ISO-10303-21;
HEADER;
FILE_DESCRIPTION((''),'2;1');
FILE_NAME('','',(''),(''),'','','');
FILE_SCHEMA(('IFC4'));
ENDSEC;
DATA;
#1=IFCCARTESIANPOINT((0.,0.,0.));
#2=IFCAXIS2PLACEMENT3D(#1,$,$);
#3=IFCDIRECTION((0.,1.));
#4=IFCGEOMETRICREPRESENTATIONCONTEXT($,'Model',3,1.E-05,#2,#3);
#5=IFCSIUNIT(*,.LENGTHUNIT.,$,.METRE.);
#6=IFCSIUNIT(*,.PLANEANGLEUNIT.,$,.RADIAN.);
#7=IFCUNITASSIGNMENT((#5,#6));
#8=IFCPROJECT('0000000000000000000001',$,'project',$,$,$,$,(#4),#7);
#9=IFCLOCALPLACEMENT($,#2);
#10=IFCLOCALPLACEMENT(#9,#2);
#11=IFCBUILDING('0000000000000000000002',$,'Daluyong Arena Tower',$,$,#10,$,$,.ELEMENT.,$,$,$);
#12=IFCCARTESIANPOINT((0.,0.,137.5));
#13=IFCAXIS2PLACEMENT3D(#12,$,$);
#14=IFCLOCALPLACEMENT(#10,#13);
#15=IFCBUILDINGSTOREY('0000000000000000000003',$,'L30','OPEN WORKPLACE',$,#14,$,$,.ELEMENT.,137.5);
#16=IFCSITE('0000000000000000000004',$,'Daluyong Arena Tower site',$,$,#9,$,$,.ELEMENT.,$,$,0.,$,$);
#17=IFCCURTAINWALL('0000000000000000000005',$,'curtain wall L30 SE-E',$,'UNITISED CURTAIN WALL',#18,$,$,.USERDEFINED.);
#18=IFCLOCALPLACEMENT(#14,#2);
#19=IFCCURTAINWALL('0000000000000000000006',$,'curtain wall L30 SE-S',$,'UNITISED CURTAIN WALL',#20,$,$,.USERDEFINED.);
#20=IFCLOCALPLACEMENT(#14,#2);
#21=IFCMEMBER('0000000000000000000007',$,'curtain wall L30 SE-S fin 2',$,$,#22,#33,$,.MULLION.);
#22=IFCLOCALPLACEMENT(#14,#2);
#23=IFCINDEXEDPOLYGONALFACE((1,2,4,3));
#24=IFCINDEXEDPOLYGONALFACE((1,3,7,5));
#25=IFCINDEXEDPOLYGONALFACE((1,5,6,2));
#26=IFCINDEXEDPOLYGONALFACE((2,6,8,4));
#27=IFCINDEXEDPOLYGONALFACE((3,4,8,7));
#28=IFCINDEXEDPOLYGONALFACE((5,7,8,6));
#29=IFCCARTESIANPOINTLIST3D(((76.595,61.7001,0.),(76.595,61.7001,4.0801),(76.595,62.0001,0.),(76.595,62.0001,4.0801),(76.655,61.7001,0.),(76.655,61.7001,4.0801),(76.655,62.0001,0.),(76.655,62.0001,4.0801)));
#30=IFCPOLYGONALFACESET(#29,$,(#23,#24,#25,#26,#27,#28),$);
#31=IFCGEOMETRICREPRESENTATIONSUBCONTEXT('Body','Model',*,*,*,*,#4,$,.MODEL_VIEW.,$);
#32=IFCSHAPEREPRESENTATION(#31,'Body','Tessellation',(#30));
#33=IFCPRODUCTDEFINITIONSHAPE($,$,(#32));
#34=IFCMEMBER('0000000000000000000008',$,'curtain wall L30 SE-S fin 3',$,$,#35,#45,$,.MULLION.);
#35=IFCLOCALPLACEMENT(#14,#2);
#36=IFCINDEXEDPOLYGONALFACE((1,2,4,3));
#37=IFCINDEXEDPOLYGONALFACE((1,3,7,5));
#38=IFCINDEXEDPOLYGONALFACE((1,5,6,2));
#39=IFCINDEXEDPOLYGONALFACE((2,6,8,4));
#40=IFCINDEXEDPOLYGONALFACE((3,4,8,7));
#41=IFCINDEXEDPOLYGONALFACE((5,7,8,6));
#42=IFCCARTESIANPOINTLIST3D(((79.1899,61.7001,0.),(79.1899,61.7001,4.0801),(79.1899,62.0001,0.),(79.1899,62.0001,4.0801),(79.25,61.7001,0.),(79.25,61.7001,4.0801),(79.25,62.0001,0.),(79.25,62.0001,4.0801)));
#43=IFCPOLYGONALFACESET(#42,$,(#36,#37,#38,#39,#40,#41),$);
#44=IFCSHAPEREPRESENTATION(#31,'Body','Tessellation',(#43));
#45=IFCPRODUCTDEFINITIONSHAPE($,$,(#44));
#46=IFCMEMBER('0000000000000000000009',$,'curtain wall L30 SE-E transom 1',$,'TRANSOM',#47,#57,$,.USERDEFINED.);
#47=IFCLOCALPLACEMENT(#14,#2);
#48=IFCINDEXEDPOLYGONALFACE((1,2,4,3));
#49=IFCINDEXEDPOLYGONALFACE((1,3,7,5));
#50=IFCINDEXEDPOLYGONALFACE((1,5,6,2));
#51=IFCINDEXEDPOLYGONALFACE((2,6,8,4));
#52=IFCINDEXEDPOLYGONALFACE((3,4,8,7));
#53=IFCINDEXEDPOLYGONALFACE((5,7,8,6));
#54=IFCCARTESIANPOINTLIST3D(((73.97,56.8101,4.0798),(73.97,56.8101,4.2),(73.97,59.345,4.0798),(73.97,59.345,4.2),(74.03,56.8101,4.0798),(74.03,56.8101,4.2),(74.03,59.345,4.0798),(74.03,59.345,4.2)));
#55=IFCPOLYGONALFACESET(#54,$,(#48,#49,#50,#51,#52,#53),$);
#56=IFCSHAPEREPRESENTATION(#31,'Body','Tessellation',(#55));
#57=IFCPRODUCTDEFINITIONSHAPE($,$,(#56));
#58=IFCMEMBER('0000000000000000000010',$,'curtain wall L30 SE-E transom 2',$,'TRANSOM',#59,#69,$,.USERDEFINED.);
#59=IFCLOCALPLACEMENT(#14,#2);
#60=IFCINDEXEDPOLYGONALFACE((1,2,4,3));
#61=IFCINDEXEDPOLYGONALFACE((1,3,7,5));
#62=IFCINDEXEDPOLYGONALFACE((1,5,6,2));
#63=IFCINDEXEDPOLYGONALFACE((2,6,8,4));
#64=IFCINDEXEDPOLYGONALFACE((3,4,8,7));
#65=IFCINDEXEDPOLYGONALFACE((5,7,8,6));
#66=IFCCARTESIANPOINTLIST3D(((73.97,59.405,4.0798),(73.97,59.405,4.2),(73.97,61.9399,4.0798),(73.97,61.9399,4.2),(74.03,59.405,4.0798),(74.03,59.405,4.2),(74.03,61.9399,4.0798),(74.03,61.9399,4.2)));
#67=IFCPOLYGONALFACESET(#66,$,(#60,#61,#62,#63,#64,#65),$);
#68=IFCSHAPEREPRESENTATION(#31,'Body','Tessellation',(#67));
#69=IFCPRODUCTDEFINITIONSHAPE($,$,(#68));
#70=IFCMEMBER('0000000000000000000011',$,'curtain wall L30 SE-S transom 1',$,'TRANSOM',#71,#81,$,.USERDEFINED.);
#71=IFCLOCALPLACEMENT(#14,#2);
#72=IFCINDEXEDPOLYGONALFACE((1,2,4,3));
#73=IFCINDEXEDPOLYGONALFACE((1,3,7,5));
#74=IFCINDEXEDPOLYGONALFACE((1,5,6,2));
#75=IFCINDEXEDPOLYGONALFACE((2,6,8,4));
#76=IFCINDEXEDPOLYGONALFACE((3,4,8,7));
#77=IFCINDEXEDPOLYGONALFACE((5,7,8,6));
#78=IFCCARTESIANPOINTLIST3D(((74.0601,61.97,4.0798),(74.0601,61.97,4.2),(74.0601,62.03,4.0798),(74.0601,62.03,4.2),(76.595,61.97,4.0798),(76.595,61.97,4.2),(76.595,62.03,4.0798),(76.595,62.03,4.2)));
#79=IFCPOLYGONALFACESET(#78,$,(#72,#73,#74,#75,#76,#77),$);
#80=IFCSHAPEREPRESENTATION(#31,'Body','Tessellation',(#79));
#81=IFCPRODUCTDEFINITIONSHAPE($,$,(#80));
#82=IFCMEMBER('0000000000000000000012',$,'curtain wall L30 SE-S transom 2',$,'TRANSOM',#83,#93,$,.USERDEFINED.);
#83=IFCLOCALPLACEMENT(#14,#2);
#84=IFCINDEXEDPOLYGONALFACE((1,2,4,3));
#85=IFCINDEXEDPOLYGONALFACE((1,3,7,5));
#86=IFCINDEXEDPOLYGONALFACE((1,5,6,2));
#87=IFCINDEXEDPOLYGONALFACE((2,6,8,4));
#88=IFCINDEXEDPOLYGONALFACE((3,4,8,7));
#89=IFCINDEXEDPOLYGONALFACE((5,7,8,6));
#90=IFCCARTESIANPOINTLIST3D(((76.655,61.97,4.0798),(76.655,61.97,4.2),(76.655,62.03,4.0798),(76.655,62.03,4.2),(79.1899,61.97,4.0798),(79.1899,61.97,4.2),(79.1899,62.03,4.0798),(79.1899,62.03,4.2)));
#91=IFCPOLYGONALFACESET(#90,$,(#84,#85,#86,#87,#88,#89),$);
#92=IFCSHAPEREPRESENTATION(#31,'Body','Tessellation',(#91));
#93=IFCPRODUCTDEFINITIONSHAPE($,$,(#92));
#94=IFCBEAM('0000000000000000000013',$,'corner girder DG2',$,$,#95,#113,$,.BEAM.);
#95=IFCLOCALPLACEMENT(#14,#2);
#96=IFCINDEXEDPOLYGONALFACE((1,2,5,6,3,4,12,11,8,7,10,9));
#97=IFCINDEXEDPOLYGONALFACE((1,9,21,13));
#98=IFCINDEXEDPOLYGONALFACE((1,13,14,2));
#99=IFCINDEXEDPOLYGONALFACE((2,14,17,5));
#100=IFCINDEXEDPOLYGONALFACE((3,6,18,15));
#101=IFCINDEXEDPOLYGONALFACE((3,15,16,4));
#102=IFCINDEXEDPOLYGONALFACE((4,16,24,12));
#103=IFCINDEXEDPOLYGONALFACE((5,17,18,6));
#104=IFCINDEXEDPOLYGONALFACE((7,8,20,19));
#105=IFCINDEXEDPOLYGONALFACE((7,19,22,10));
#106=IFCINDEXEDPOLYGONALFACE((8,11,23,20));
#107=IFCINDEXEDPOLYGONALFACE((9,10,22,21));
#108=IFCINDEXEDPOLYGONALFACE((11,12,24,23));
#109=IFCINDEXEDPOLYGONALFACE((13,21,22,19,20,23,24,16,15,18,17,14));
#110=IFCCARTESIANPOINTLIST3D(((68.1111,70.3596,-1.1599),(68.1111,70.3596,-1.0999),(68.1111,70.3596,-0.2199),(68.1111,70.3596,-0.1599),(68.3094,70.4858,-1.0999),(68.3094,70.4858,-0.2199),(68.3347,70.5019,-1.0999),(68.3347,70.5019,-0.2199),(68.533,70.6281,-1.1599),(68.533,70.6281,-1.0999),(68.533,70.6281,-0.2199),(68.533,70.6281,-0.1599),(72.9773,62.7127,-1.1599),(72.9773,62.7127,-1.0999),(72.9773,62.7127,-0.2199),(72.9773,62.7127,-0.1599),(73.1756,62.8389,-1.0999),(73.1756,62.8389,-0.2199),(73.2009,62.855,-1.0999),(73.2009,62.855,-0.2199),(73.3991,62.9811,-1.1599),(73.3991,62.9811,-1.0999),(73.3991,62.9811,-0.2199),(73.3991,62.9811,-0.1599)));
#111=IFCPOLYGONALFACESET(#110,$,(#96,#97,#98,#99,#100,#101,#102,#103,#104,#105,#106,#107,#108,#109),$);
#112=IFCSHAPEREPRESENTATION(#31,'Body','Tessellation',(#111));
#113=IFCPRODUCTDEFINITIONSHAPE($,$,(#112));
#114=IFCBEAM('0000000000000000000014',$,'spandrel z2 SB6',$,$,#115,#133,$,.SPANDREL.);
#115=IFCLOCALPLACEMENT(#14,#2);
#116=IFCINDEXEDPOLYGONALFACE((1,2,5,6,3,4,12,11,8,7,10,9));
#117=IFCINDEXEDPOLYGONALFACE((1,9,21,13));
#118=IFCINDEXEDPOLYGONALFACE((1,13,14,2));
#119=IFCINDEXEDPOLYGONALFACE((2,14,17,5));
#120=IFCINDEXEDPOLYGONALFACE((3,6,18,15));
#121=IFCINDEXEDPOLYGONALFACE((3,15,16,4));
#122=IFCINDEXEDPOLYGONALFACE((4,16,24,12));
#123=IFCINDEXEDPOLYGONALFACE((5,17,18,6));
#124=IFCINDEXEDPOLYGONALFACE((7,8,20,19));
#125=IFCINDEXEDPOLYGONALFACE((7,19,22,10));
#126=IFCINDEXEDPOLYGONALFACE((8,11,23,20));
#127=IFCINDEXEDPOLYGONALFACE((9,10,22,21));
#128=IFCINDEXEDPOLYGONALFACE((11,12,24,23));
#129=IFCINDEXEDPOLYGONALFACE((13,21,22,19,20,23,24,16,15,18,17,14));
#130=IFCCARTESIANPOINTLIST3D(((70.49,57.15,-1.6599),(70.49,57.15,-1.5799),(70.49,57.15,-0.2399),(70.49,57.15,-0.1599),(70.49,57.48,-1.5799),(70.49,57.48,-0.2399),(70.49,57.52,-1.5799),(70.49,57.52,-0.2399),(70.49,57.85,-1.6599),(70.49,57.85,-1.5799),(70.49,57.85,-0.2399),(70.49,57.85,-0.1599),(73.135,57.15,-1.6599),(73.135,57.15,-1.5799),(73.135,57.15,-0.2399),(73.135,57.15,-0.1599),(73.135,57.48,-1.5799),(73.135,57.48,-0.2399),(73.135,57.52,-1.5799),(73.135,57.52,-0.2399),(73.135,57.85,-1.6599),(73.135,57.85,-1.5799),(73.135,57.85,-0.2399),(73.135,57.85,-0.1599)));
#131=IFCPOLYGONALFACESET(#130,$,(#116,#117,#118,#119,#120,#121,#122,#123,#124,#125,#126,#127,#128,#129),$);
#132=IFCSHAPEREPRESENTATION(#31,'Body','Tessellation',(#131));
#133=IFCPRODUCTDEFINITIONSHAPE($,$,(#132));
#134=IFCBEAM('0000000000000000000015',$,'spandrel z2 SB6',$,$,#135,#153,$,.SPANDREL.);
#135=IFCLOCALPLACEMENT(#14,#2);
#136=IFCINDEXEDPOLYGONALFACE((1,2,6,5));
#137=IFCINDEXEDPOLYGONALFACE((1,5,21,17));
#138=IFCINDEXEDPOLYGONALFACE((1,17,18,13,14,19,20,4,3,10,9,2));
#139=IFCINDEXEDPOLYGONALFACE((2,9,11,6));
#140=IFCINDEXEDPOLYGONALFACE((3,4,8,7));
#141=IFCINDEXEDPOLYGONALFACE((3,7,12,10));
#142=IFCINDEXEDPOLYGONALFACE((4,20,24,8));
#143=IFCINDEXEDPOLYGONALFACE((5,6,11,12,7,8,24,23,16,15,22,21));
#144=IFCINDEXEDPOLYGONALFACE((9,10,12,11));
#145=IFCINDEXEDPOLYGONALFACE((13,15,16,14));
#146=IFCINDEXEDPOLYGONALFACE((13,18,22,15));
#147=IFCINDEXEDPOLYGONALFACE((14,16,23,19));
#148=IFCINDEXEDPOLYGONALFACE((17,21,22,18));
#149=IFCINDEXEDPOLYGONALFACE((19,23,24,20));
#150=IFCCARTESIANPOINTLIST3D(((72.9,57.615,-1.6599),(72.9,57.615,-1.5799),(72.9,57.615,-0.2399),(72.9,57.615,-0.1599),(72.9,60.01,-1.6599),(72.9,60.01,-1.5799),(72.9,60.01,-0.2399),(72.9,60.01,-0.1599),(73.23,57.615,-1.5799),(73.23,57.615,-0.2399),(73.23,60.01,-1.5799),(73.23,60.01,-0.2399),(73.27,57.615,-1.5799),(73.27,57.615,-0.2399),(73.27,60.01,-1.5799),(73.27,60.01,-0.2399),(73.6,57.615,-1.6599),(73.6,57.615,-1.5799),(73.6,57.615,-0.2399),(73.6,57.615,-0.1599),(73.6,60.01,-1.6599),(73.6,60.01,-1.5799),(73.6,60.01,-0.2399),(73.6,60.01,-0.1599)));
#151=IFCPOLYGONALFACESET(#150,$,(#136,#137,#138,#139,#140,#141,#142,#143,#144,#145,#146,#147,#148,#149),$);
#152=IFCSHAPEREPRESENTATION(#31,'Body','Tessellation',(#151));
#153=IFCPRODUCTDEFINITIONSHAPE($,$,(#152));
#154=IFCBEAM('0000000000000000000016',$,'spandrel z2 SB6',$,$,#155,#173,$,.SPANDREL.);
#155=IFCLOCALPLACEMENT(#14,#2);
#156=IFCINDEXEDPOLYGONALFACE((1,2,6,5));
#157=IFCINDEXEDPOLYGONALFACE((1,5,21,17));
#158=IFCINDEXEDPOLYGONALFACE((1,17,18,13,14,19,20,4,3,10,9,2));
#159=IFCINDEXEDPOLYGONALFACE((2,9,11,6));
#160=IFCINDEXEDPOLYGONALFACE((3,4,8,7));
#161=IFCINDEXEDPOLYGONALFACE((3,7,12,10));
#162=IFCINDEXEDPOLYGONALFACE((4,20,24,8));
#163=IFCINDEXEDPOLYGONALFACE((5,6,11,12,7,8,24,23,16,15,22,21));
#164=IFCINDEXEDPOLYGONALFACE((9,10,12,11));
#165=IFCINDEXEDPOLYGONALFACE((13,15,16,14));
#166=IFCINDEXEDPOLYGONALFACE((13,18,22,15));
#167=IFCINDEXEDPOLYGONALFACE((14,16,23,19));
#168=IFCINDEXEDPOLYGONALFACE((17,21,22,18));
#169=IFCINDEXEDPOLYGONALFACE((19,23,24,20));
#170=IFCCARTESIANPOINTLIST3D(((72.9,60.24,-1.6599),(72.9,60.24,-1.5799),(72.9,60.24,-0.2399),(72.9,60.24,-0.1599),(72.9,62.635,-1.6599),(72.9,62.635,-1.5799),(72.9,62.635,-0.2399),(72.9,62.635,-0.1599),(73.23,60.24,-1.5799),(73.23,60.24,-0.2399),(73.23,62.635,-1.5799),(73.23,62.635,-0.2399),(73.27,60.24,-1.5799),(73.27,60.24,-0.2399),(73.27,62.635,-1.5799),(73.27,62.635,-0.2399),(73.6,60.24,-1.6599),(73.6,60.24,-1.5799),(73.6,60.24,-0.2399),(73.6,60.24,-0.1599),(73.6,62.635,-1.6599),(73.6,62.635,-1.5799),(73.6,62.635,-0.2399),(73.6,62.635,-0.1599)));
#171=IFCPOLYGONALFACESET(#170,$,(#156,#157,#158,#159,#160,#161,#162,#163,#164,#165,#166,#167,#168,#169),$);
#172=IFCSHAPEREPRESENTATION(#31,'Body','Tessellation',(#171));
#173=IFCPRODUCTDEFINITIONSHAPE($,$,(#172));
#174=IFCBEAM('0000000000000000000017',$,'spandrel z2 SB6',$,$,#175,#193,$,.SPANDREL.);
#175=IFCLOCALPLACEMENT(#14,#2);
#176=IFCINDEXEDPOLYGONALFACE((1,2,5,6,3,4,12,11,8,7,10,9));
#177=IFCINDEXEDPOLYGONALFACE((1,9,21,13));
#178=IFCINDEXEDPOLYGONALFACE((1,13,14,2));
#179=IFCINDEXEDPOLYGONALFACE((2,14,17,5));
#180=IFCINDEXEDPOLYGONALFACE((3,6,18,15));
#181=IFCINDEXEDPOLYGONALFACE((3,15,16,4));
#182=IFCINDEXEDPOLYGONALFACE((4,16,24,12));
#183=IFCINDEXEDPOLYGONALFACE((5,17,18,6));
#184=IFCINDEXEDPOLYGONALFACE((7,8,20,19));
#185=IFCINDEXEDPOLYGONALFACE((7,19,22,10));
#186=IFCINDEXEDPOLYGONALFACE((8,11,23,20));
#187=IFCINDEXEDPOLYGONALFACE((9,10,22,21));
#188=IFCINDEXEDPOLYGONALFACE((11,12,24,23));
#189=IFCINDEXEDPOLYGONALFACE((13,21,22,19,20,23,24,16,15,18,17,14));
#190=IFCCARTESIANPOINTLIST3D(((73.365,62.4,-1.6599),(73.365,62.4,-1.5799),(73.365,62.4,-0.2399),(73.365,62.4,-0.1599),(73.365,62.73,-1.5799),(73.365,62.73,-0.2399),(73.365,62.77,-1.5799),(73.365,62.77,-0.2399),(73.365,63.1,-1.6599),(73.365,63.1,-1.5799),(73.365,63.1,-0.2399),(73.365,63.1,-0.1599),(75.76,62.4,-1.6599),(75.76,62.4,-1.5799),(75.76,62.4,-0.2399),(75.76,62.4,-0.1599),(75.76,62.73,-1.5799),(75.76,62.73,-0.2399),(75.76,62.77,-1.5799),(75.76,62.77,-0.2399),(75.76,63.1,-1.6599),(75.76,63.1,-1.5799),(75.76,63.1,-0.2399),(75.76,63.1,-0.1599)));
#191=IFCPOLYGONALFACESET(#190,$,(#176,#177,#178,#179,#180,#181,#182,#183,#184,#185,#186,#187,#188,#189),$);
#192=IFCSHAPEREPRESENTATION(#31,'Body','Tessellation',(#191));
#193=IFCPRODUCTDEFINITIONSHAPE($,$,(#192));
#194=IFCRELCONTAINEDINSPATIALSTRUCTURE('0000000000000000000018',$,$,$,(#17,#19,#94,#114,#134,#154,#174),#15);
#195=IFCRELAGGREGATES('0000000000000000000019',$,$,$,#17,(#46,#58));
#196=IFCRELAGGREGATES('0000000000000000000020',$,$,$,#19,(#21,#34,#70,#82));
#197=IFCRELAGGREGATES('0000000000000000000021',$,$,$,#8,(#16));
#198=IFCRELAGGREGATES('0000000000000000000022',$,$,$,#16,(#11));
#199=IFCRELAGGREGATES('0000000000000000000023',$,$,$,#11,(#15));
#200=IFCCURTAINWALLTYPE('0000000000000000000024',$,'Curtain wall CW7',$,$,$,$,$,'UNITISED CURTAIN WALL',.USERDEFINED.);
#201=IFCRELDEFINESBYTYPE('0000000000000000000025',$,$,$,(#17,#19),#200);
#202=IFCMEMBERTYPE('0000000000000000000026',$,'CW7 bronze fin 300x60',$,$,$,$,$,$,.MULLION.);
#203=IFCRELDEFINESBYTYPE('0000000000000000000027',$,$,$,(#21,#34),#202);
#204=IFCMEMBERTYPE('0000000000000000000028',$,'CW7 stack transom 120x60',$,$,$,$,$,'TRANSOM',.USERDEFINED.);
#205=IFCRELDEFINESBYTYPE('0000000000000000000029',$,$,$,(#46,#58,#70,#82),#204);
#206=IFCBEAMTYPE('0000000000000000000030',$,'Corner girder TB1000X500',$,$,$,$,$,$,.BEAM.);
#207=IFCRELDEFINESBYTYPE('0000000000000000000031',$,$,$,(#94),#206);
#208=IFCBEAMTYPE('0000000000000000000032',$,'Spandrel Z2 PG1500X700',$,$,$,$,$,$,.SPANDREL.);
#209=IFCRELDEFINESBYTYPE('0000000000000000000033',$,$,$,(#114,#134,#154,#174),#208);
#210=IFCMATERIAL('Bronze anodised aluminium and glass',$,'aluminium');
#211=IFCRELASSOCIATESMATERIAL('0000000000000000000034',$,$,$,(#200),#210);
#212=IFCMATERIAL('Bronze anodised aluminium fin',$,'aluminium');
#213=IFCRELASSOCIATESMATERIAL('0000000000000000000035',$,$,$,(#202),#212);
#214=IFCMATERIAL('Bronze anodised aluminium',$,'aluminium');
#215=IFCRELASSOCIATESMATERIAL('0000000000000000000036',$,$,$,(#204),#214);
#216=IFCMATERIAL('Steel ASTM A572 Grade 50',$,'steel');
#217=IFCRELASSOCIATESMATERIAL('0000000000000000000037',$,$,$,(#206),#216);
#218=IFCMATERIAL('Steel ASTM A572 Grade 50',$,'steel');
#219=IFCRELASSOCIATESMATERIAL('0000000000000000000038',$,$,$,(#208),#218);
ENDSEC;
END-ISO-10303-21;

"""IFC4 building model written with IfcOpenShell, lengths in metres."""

from ifc_helpers import new_model, si_unit, direction, frame, origin, origin_2d, place, context, subcontext, project, spatial, rectangle, i_section, extrude, material, material_profile, profile_set, type_object, element, aggregate, save


model = new_model("IFC4")

# Units and contexts
model_context = context("Model", 3, precision=1e-05, world=origin(), true_north=direction((0.0, 1.0)))
body_context = subcontext(model_context, "Body", "Model", "MODEL_VIEW")
ifc_project = project(units=[si_unit("LENGTHUNIT", "METRE"), si_unit("PLANEANGLEUNIT", "RADIAN")], contexts=[model_context])

# Site, building, storey
site_placement = place(None, origin())
site = spatial("IfcSite", under=ifc_project, at=site_placement, Name="Daluyong Arena Tower site", CompositionType="ELEMENT", RefElevation=0.0)
building_placement = place(site_placement, origin())
building = spatial("IfcBuilding", under=site, at=building_placement, Name="Daluyong Arena Tower", CompositionType="ELEMENT")
storey_placement = place(building_placement, frame((0.0, 0.0, 137.5)))
storey = spatial("IfcBuildingStorey", under=building, at=storey_placement, Name="L30", Description="OPEN WORKPLACE", CompositionType="ELEMENT", Elevation=137.5)

# Curtain walls, members
ifc_material_1 = material(Name="Bronze anodised aluminium and glass", Category="aluminium")
curtain_wall_type_1 = type_object("IfcCurtainWallType", Name="Curtain wall CW7", ElementType="UNITISED CURTAIN WALL", PredefinedType="USERDEFINED", material=ifc_material_1)
curtain_wall_1_placement = place(storey_placement, origin())
curtain_wall_1 = element("IfcCurtainWall", 1, at=curtain_wall_1_placement, inside=storey, type_object=curtain_wall_type_1, Name="curtain wall L30 SE-E", ObjectType="UNITISED CURTAIN WALL", PredefinedType="USERDEFINED")
ifc_material_2 = material(Name="Bronze anodised aluminium fin", Category="aluminium")
ifc_material_profile_1 = material_profile(ifc_material_2, rectangle(XDim=0.3, YDim=0.0601, at=origin_2d()))
ifc_profile_set_1 = profile_set([ifc_material_profile_1], Name="Bronze anodised aluminium fin")
member_type_1 = type_object("IfcMemberType", Name="CW7 bronze fin 300x60", PredefinedType="MULLION", material=ifc_profile_set_1)
curtain_wall_2_placement = place(storey_placement, origin())
curtain_wall_2 = element("IfcCurtainWall", 2, at=curtain_wall_2_placement, inside=storey, type_object=curtain_wall_type_1, Name="curtain wall L30 SE-S", ObjectType="UNITISED CURTAIN WALL", PredefinedType="USERDEFINED")
member_1_placement = place(storey_placement, frame((76.625, 61.8501, 0.0), z_axis=(0.0, 0.0, 1.0), x_axis=(0.0, 1.0, 0.0)))
member_1 = element("IfcMember", 3, at=member_1_placement, type_object=member_type_1, Name="curtain wall L30 SE-S fin 2", PredefinedType="MULLION", context=body_context, shape_type="SweptSolid", body=[
    extrude(rectangle(XDim=0.3, YDim=0.0601, at=origin_2d()), origin(), (0.0, 0.0, 1.0), 4.0801),
])
member_2_placement = place(storey_placement, frame((79.22, 61.8501, 0.0), z_axis=(0.0, 0.0, 1.0), x_axis=(0.0, 1.0, 0.0)))
member_2 = element("IfcMember", 4, at=member_2_placement, type_object=member_type_1, Name="curtain wall L30 SE-S fin 3", PredefinedType="MULLION", context=body_context, shape_type="SweptSolid", body=[
    extrude(rectangle(XDim=0.3, YDim=0.0601, at=origin_2d()), origin(), (0.0, 0.0, 1.0), 4.0801),
])

# Members
ifc_material_3 = material(Name="Bronze anodised aluminium", Category="aluminium")
ifc_material_profile_2 = material_profile(ifc_material_3, rectangle(XDim=0.0601, YDim=0.1201, at=origin_2d()))
ifc_profile_set_2 = profile_set([ifc_material_profile_2], Name="Bronze anodised aluminium")
member_type_2 = type_object("IfcMemberType", Name="CW7 stack transom 120x60", ElementType="TRANSOM", PredefinedType="USERDEFINED", material=ifc_profile_set_2)
member_3_placement = place(storey_placement, frame((74.0, 56.8101, 4.1399), z_axis=(0.0, 1.0, 0.0), x_axis=(-1.0, 0.0, 0.0)))
member_3 = element("IfcMember", 5, at=member_3_placement, type_object=member_type_2, Name="curtain wall L30 SE-E transom 1", ObjectType="TRANSOM", PredefinedType="USERDEFINED", context=body_context, shape_type="SweptSolid", body=[
    extrude(rectangle(XDim=0.0601, YDim=0.1201, at=origin_2d()), origin(), (0.0, 0.0, 1.0), 2.5349),
])
member_4_placement = place(storey_placement, frame((74.0, 59.405, 4.1399), z_axis=(0.0, 1.0, 0.0), x_axis=(-1.0, 0.0, 0.0)))
member_4 = element("IfcMember", 6, at=member_4_placement, type_object=member_type_2, Name="curtain wall L30 SE-E transom 2", ObjectType="TRANSOM", PredefinedType="USERDEFINED", context=body_context, shape_type="SweptSolid", body=[
    extrude(rectangle(XDim=0.0601, YDim=0.1201, at=origin_2d()), origin(), (0.0, 0.0, 1.0), 2.5349),
])
member_5_placement = place(storey_placement, frame((74.0601, 62.0, 4.1399), z_axis=(1.0, 0.0, 0.0), x_axis=(0.0, 1.0, 0.0)))
member_5 = element("IfcMember", 7, at=member_5_placement, type_object=member_type_2, Name="curtain wall L30 SE-S transom 1", ObjectType="TRANSOM", PredefinedType="USERDEFINED", context=body_context, shape_type="SweptSolid", body=[
    extrude(rectangle(XDim=0.0601, YDim=0.1201, at=origin_2d()), origin(), (0.0, 0.0, 1.0), 2.5349),
])
member_6_placement = place(storey_placement, frame((76.655, 62.0, 4.1399), z_axis=(1.0, 0.0, 0.0), x_axis=(0.0, 1.0, 0.0)))
member_6 = element("IfcMember", 8, at=member_6_placement, type_object=member_type_2, Name="curtain wall L30 SE-S transom 2", ObjectType="TRANSOM", PredefinedType="USERDEFINED", context=body_context, shape_type="SweptSolid", body=[
    extrude(rectangle(XDim=0.0601, YDim=0.1201, at=origin_2d()), origin(), (0.0, 0.0, 1.0), 2.5349),
])

# Beams
ifc_material_4 = material(Name="Steel ASTM A572 Grade 50", Category="steel")
ifc_material_profile_3 = material_profile(ifc_material_4, i_section(OverallWidth=0.5, OverallDepth=1.0, WebThickness=0.03, FlangeThickness=0.06, at=origin_2d()))
ifc_profile_set_3 = profile_set([ifc_material_profile_3], Name="Steel ASTM A572 Grade 50")
beam_type_1 = type_object("IfcBeamType", Name="Corner girder TB1000X500", PredefinedType="BEAM", material=ifc_profile_set_3)
beam_1_placement = place(storey_placement, frame((73.1882, 62.8469, -0.6599), z_axis=(-0.536872, 0.843664, 0.0), x_axis=(-0.843664, -0.536872, 0.0)))
element("IfcBeam", 9, at=beam_1_placement, inside=storey, type_object=beam_type_1, Name="corner girder DG2", PredefinedType="BEAM", context=body_context, shape_type="SweptSolid", body=[
    extrude(i_section(OverallWidth=0.5, OverallDepth=1.0, WebThickness=0.03, FlangeThickness=0.06, at=origin_2d()), origin(), (0.0, 0.0, 1.0), 9.064),
])
ifc_material_5 = material(Name="Steel ASTM A572 Grade 50", Category="steel")
ifc_material_profile_4 = material_profile(ifc_material_5, i_section(OverallWidth=0.7, OverallDepth=1.5, WebThickness=0.04, FlangeThickness=0.08, at=origin_2d()))
ifc_profile_set_4 = profile_set([ifc_material_profile_4], Name="Steel ASTM A572 Grade 50")
beam_type_2 = type_object("IfcBeamType", Name="Spandrel Z2 PG1500X700", PredefinedType="SPANDREL", material=ifc_profile_set_4)
beam_2_placement = place(storey_placement, frame((70.49, 57.5, -0.9099), z_axis=(1.0, 0.0, 0.0), x_axis=(0.0, 1.0, 0.0)))
element("IfcBeam", 10, at=beam_2_placement, inside=storey, type_object=beam_type_2, Name="spandrel z2 SB6", PredefinedType="SPANDREL", context=body_context, shape_type="SweptSolid", body=[
    extrude(i_section(OverallWidth=0.7, OverallDepth=1.5, WebThickness=0.04, FlangeThickness=0.08, at=origin_2d()), origin(), (0.0, 0.0, 1.0), 2.645),
])
for number, where, z_axis, x_axis, name in (
    (11, (73.25, 57.615, -0.9099), (0.0, 1.0, 0.0), (-1.0, 0.0, 0.0), "spandrel z2 SB6"),
    (12, (73.25, 60.24, -0.9099), (0.0, 1.0, 0.0), (-1.0, 0.0, 0.0), "spandrel z2 SB6"),
    (13, (73.365, 62.75, -0.9099), (1.0, 0.0, 0.0), (0.0, 1.0, 0.0), "spandrel z2 SB6"),
):
    element("IfcBeam", number, at=place(storey_placement, frame(where, z_axis=z_axis, x_axis=x_axis)), inside=storey, type_object=beam_type_2, Name=name, PredefinedType="SPANDREL", context=body_context, shape_type="SweptSolid", body=[
        extrude(i_section(OverallWidth=0.7, OverallDepth=1.5, WebThickness=0.04, FlangeThickness=0.08, at=origin_2d()), origin(), (0.0, 0.0, 1.0), 2.395),
    ])

aggregate(curtain_wall_1, [member_3, member_4])
aggregate(curtain_wall_2, [member_1, member_2, member_5, member_6])

save(model, "model.ifc")
